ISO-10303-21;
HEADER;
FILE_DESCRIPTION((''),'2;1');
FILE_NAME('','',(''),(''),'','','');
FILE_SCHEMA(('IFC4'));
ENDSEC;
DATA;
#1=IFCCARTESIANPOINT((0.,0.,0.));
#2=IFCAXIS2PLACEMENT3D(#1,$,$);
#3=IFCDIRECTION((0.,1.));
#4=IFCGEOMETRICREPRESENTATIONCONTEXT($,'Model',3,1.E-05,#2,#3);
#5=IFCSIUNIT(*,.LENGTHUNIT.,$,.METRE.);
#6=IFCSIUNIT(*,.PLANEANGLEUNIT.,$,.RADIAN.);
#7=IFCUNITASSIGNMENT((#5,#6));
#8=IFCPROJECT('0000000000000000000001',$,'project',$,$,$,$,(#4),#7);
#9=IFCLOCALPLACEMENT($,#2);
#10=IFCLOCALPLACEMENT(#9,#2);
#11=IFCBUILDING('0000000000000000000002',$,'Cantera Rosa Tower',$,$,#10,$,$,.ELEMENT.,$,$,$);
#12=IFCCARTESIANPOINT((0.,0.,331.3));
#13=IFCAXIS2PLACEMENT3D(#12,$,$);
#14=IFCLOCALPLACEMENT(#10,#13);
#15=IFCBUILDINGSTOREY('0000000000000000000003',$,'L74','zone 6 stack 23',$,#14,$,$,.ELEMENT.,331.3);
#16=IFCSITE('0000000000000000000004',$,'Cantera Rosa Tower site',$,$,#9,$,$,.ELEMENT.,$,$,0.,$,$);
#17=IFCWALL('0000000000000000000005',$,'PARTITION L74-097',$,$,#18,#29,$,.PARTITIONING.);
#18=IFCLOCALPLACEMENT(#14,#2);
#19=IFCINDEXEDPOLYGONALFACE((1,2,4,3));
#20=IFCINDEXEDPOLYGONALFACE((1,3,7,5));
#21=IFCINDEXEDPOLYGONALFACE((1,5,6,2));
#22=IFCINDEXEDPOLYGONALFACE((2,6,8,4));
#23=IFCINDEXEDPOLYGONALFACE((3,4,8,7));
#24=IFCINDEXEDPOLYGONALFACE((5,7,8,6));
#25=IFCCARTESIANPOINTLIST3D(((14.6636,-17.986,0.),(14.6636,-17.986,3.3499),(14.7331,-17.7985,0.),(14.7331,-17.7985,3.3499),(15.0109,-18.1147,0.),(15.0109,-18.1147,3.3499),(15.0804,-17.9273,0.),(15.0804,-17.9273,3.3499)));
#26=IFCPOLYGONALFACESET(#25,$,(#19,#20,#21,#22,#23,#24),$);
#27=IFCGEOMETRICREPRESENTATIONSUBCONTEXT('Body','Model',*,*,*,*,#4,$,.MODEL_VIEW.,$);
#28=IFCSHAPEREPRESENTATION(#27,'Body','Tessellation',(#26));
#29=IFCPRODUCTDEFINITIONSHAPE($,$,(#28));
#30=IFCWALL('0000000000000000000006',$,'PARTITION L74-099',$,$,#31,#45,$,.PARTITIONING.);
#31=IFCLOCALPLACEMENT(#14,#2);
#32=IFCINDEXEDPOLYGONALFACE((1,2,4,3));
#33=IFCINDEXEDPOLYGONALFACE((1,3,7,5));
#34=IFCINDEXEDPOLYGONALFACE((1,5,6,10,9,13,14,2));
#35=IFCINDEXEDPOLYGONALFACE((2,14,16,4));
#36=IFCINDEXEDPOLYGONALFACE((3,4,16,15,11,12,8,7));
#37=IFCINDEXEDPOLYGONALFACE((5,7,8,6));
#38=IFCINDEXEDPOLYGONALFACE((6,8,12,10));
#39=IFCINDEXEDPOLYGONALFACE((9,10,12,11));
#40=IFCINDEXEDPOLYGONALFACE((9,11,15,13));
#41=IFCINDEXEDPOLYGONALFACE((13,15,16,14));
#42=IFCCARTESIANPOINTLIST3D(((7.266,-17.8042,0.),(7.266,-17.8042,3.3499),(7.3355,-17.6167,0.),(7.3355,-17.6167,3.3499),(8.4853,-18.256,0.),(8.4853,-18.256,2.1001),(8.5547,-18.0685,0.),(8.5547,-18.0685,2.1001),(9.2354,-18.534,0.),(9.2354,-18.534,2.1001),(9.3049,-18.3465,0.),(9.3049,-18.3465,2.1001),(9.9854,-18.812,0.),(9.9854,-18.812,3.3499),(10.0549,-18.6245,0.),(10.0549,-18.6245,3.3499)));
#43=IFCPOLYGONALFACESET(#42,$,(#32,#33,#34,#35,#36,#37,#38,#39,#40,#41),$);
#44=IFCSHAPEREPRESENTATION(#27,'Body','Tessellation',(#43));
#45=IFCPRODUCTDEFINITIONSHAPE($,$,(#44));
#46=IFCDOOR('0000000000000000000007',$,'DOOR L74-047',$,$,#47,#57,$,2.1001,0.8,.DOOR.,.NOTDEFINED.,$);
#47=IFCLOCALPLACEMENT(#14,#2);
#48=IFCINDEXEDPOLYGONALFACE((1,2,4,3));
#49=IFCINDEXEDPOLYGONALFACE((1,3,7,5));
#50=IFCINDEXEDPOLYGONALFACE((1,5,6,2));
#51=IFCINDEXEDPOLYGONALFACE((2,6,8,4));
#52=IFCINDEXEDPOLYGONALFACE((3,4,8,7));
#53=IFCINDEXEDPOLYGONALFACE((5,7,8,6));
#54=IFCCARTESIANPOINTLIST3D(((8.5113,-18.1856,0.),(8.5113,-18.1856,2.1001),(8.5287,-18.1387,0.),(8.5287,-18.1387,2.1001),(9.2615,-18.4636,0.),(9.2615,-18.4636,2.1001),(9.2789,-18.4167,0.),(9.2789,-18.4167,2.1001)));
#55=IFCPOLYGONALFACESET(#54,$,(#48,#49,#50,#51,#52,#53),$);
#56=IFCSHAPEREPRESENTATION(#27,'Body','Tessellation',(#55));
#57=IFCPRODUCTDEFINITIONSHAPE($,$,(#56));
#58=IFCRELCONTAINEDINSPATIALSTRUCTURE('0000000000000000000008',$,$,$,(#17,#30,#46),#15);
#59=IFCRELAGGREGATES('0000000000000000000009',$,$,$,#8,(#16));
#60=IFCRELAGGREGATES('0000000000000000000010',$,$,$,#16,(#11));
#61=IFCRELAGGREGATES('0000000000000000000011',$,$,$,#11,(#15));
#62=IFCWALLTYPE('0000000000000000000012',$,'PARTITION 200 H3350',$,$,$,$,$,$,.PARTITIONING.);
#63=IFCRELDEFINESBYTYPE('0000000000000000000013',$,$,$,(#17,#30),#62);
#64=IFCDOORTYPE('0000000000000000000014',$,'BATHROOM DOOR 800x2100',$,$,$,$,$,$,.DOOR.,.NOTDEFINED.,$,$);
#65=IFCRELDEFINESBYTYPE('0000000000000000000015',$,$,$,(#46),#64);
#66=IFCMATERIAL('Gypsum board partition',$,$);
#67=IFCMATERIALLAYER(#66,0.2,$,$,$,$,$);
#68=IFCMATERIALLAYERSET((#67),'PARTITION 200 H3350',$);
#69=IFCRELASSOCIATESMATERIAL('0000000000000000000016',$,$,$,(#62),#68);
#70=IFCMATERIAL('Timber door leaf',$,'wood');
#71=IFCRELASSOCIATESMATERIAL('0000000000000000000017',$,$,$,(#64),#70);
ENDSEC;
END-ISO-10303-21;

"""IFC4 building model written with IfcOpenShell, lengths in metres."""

from ifc_helpers import new_model, si_unit, direction, frame, frame_2d, origin, place, context, subcontext, project, spatial, rectangle, extrude, material, layer, layer_set, type_object, element, fill, save


model = new_model("IFC4")

# Units and contexts
model_context = context("Model", 3, precision=1e-05, world=origin(), true_north=direction((0.0, 1.0)))
body_context = subcontext(model_context, "Body", "Model", "MODEL_VIEW")
ifc_project = project(units=[si_unit("LENGTHUNIT", "METRE"), si_unit("PLANEANGLEUNIT", "RADIAN")], contexts=[model_context])

# Site, building, storey
site_placement = place(None, origin())
site = spatial("IfcSite", under=ifc_project, at=site_placement, Name="Cantera Rosa Tower site", CompositionType="ELEMENT", RefElevation=0.0)
building_placement = place(site_placement, origin())
building = spatial("IfcBuilding", under=site, at=building_placement, Name="Cantera Rosa Tower", CompositionType="ELEMENT")
storey_placement = place(building_placement, frame((0.0, 0.0, 331.3)))
storey = spatial("IfcBuildingStorey", under=building, at=storey_placement, Name="L74", Description="zone 6 stack 23", CompositionType="ELEMENT", Elevation=331.3)

# Shared definitions
ifc_material_1 = material(Name="Gypsum board partition")
ifc_layer_1 = layer(ifc_material_1, 0.2)
ifc_layer_set_1 = layer_set([ifc_layer_1], Name="PARTITION 200 H3350")
wall_type_1 = type_object("IfcWallType", Name="PARTITION 200 H3350", PredefinedType="PARTITIONING", material=ifc_layer_set_1)

# Wall
wall_1_placement = place(storey_placement, frame((14.6985, -17.8923, 0.0), z_axis=(0.0, 0.0, 1.0), x_axis=(0.937677, -0.347508, 0.0)))
element("IfcWall", 1, at=wall_1_placement, inside=storey, type_object=wall_type_1, Name="PARTITION L74-097", PredefinedType="PARTITIONING", context=body_context, shape_type="SweptSolid", body=[
    extrude(rectangle(XDim=0.3704, YDim=0.2, at=frame_2d((0.1851, 0.0))), origin(), (0.0, 0.0, 1.0), 3.3499),
])

# Wall, opening, door
wall_2_placement = place(storey_placement, frame((10.0203, -18.7183, 0.0), z_axis=(0.0, 0.0, 1.0), x_axis=(-0.937682, 0.347495, 0.0)))
wall_2 = element("IfcWall", 2, at=wall_2_placement, inside=storey, type_object=wall_type_1, Name="PARTITION L74-099", PredefinedType="PARTITIONING", context=body_context, shape_type="SweptSolid", body=[
    extrude(rectangle(XDim=2.9001, YDim=0.2, at=frame_2d((1.4502, 0.0))), origin(), (0.0, 0.0, 1.0), 3.3499),
])
opening_1_placement = place(wall_2_placement, frame((0.8, 0.0, 0.0)))
opening_1 = element("IfcOpeningElement", 3, at=opening_1_placement, cuts=wall_2, PredefinedType="OPENING", context=body_context, shape_type="SweptSolid", body=[
    extrude(rectangle(XDim=0.8, YDim=2.1001, at=frame_2d((0.3999, 1.05))), frame((0.0, 0.1099, 0.0), z_axis=(0.0, -1.0, 0.0), x_axis=(1.0, 0.0, 0.0)), (0.0, 0.0, 1.0), 0.22),
])
ifc_material_2 = material(Name="Timber door leaf", Category="wood")
door_type_1 = type_object("IfcDoorType", Name="BATHROOM DOOR 800x2100", OperationType="NOTDEFINED", PredefinedType="DOOR", material=ifc_material_2)
door_1_placement = place(opening_1_placement, origin())
door_1 = element("IfcDoor", 4, at=door_1_placement, inside=storey, type_object=door_type_1, Name="DOOR L74-047", OperationType="NOTDEFINED", OverallHeight=2.1001, OverallWidth=0.8, PredefinedType="DOOR", context=body_context, shape_type="SweptSolid", body=[
    extrude(rectangle(XDim=0.8, YDim=2.1001, at=frame_2d((0.3999, 1.05))), frame((0.0, 0.0249, 0.0), z_axis=(0.0, -1.0, 0.0), x_axis=(1.0, 0.0, 0.0)), (0.0, 0.0, 1.0), 0.05),
])
fill(opening_1, door_1)

save(model, "model.ifc")
